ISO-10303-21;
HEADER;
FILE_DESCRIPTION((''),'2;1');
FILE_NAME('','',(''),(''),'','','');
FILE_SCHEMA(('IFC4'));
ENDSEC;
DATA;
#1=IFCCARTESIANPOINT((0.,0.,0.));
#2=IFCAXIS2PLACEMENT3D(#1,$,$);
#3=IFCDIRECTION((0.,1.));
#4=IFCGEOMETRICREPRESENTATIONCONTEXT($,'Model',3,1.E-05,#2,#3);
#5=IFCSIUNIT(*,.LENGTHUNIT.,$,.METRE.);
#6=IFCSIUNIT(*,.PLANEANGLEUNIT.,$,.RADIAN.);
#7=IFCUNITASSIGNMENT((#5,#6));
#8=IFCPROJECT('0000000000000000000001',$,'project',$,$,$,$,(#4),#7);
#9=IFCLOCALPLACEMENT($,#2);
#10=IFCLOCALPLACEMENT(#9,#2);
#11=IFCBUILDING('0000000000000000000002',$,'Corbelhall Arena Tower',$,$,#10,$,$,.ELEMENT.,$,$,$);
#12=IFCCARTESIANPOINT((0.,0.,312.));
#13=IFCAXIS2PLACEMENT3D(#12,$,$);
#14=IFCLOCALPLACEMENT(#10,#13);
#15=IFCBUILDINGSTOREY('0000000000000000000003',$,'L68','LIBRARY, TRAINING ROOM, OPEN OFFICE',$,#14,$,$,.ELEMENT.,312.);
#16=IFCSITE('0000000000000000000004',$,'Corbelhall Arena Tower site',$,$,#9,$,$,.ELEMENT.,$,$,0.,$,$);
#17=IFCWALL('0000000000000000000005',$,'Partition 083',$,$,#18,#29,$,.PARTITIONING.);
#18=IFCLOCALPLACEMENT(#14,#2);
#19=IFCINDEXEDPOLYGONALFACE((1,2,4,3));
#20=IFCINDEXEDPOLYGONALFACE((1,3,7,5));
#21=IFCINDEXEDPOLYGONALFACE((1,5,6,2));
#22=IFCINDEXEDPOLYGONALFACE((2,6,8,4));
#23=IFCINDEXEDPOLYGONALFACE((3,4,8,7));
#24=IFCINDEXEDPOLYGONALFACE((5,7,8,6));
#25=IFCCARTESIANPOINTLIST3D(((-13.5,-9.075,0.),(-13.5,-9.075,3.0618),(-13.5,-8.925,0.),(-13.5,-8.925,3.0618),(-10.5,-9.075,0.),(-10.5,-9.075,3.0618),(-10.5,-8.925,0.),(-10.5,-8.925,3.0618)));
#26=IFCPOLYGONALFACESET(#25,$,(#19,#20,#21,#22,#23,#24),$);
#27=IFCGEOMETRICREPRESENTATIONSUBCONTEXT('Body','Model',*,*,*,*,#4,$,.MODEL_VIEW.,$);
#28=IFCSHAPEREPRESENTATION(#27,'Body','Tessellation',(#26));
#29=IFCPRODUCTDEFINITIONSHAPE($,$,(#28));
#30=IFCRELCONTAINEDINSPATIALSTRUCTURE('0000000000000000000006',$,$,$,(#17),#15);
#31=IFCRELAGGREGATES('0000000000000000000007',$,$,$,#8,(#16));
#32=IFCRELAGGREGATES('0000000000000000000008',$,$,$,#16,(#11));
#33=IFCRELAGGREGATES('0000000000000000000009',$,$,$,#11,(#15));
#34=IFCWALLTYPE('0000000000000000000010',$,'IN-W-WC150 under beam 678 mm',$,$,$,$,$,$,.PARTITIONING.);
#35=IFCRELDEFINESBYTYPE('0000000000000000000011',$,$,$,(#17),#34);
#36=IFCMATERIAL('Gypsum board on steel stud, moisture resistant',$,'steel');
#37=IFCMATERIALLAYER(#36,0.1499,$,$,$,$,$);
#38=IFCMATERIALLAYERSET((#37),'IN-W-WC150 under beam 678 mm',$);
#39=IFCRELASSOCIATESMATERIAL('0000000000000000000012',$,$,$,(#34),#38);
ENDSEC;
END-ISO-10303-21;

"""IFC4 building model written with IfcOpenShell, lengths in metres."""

from ifc_helpers import new_model, si_unit, direction, frame, frame_2d, origin, place, context, subcontext, project, spatial, rectangle, extrude, material, layer, layer_set, type_object, element, save


model = new_model("IFC4")

# Units and contexts
model_context = context("Model", 3, precision=1e-05, world=origin(), true_north=direction((0.0, 1.0)))
body_context = subcontext(model_context, "Body", "Model", "MODEL_VIEW")
ifc_project = project(units=[si_unit("LENGTHUNIT", "METRE"), si_unit("PLANEANGLEUNIT", "RADIAN")], contexts=[model_context])

# Site, building, storey
site_placement = place(None, origin())
site = spatial("IfcSite", under=ifc_project, at=site_placement, Name="Corbelhall Arena Tower site", CompositionType="ELEMENT", RefElevation=0.0)
building_placement = place(site_placement, origin())
building = spatial("IfcBuilding", under=site, at=building_placement, Name="Corbelhall Arena Tower", CompositionType="ELEMENT")
storey_placement = place(building_placement, frame((0.0, 0.0, 312.0)))
storey = spatial("IfcBuildingStorey", under=building, at=storey_placement, Name="L68", Description="LIBRARY, TRAINING ROOM, OPEN OFFICE", CompositionType="ELEMENT", Elevation=312.0)

# Shared definitions
ifc_material_1 = material(Name="Gypsum board on steel stud, moisture resistant", Category="steel")

# Wall
ifc_layer_1 = layer(ifc_material_1, 0.1499)
ifc_layer_set_1 = layer_set([ifc_layer_1], Name="IN-W-WC150 under beam 678 mm")
wall_type_1 = type_object("IfcWallType", Name="IN-W-WC150 under beam 678 mm", PredefinedType="PARTITIONING", material=ifc_layer_set_1)
wall_1_placement = place(storey_placement, frame((-10.5, -9.0, 0.0), z_axis=(0.0, 0.0, 1.0), x_axis=(-1.0, 0.0, 0.0)))
element("IfcWall", 1, at=wall_1_placement, inside=storey, type_object=wall_type_1, Name="Partition 083", PredefinedType="PARTITIONING", context=body_context, shape_type="SweptSolid", body=[
    extrude(rectangle(XDim=3.0, YDim=0.1499, at=frame_2d((1.5, 0.0))), origin(), (0.0, 0.0, 1.0), 3.0618),
])

save(model, "model.ifc")
